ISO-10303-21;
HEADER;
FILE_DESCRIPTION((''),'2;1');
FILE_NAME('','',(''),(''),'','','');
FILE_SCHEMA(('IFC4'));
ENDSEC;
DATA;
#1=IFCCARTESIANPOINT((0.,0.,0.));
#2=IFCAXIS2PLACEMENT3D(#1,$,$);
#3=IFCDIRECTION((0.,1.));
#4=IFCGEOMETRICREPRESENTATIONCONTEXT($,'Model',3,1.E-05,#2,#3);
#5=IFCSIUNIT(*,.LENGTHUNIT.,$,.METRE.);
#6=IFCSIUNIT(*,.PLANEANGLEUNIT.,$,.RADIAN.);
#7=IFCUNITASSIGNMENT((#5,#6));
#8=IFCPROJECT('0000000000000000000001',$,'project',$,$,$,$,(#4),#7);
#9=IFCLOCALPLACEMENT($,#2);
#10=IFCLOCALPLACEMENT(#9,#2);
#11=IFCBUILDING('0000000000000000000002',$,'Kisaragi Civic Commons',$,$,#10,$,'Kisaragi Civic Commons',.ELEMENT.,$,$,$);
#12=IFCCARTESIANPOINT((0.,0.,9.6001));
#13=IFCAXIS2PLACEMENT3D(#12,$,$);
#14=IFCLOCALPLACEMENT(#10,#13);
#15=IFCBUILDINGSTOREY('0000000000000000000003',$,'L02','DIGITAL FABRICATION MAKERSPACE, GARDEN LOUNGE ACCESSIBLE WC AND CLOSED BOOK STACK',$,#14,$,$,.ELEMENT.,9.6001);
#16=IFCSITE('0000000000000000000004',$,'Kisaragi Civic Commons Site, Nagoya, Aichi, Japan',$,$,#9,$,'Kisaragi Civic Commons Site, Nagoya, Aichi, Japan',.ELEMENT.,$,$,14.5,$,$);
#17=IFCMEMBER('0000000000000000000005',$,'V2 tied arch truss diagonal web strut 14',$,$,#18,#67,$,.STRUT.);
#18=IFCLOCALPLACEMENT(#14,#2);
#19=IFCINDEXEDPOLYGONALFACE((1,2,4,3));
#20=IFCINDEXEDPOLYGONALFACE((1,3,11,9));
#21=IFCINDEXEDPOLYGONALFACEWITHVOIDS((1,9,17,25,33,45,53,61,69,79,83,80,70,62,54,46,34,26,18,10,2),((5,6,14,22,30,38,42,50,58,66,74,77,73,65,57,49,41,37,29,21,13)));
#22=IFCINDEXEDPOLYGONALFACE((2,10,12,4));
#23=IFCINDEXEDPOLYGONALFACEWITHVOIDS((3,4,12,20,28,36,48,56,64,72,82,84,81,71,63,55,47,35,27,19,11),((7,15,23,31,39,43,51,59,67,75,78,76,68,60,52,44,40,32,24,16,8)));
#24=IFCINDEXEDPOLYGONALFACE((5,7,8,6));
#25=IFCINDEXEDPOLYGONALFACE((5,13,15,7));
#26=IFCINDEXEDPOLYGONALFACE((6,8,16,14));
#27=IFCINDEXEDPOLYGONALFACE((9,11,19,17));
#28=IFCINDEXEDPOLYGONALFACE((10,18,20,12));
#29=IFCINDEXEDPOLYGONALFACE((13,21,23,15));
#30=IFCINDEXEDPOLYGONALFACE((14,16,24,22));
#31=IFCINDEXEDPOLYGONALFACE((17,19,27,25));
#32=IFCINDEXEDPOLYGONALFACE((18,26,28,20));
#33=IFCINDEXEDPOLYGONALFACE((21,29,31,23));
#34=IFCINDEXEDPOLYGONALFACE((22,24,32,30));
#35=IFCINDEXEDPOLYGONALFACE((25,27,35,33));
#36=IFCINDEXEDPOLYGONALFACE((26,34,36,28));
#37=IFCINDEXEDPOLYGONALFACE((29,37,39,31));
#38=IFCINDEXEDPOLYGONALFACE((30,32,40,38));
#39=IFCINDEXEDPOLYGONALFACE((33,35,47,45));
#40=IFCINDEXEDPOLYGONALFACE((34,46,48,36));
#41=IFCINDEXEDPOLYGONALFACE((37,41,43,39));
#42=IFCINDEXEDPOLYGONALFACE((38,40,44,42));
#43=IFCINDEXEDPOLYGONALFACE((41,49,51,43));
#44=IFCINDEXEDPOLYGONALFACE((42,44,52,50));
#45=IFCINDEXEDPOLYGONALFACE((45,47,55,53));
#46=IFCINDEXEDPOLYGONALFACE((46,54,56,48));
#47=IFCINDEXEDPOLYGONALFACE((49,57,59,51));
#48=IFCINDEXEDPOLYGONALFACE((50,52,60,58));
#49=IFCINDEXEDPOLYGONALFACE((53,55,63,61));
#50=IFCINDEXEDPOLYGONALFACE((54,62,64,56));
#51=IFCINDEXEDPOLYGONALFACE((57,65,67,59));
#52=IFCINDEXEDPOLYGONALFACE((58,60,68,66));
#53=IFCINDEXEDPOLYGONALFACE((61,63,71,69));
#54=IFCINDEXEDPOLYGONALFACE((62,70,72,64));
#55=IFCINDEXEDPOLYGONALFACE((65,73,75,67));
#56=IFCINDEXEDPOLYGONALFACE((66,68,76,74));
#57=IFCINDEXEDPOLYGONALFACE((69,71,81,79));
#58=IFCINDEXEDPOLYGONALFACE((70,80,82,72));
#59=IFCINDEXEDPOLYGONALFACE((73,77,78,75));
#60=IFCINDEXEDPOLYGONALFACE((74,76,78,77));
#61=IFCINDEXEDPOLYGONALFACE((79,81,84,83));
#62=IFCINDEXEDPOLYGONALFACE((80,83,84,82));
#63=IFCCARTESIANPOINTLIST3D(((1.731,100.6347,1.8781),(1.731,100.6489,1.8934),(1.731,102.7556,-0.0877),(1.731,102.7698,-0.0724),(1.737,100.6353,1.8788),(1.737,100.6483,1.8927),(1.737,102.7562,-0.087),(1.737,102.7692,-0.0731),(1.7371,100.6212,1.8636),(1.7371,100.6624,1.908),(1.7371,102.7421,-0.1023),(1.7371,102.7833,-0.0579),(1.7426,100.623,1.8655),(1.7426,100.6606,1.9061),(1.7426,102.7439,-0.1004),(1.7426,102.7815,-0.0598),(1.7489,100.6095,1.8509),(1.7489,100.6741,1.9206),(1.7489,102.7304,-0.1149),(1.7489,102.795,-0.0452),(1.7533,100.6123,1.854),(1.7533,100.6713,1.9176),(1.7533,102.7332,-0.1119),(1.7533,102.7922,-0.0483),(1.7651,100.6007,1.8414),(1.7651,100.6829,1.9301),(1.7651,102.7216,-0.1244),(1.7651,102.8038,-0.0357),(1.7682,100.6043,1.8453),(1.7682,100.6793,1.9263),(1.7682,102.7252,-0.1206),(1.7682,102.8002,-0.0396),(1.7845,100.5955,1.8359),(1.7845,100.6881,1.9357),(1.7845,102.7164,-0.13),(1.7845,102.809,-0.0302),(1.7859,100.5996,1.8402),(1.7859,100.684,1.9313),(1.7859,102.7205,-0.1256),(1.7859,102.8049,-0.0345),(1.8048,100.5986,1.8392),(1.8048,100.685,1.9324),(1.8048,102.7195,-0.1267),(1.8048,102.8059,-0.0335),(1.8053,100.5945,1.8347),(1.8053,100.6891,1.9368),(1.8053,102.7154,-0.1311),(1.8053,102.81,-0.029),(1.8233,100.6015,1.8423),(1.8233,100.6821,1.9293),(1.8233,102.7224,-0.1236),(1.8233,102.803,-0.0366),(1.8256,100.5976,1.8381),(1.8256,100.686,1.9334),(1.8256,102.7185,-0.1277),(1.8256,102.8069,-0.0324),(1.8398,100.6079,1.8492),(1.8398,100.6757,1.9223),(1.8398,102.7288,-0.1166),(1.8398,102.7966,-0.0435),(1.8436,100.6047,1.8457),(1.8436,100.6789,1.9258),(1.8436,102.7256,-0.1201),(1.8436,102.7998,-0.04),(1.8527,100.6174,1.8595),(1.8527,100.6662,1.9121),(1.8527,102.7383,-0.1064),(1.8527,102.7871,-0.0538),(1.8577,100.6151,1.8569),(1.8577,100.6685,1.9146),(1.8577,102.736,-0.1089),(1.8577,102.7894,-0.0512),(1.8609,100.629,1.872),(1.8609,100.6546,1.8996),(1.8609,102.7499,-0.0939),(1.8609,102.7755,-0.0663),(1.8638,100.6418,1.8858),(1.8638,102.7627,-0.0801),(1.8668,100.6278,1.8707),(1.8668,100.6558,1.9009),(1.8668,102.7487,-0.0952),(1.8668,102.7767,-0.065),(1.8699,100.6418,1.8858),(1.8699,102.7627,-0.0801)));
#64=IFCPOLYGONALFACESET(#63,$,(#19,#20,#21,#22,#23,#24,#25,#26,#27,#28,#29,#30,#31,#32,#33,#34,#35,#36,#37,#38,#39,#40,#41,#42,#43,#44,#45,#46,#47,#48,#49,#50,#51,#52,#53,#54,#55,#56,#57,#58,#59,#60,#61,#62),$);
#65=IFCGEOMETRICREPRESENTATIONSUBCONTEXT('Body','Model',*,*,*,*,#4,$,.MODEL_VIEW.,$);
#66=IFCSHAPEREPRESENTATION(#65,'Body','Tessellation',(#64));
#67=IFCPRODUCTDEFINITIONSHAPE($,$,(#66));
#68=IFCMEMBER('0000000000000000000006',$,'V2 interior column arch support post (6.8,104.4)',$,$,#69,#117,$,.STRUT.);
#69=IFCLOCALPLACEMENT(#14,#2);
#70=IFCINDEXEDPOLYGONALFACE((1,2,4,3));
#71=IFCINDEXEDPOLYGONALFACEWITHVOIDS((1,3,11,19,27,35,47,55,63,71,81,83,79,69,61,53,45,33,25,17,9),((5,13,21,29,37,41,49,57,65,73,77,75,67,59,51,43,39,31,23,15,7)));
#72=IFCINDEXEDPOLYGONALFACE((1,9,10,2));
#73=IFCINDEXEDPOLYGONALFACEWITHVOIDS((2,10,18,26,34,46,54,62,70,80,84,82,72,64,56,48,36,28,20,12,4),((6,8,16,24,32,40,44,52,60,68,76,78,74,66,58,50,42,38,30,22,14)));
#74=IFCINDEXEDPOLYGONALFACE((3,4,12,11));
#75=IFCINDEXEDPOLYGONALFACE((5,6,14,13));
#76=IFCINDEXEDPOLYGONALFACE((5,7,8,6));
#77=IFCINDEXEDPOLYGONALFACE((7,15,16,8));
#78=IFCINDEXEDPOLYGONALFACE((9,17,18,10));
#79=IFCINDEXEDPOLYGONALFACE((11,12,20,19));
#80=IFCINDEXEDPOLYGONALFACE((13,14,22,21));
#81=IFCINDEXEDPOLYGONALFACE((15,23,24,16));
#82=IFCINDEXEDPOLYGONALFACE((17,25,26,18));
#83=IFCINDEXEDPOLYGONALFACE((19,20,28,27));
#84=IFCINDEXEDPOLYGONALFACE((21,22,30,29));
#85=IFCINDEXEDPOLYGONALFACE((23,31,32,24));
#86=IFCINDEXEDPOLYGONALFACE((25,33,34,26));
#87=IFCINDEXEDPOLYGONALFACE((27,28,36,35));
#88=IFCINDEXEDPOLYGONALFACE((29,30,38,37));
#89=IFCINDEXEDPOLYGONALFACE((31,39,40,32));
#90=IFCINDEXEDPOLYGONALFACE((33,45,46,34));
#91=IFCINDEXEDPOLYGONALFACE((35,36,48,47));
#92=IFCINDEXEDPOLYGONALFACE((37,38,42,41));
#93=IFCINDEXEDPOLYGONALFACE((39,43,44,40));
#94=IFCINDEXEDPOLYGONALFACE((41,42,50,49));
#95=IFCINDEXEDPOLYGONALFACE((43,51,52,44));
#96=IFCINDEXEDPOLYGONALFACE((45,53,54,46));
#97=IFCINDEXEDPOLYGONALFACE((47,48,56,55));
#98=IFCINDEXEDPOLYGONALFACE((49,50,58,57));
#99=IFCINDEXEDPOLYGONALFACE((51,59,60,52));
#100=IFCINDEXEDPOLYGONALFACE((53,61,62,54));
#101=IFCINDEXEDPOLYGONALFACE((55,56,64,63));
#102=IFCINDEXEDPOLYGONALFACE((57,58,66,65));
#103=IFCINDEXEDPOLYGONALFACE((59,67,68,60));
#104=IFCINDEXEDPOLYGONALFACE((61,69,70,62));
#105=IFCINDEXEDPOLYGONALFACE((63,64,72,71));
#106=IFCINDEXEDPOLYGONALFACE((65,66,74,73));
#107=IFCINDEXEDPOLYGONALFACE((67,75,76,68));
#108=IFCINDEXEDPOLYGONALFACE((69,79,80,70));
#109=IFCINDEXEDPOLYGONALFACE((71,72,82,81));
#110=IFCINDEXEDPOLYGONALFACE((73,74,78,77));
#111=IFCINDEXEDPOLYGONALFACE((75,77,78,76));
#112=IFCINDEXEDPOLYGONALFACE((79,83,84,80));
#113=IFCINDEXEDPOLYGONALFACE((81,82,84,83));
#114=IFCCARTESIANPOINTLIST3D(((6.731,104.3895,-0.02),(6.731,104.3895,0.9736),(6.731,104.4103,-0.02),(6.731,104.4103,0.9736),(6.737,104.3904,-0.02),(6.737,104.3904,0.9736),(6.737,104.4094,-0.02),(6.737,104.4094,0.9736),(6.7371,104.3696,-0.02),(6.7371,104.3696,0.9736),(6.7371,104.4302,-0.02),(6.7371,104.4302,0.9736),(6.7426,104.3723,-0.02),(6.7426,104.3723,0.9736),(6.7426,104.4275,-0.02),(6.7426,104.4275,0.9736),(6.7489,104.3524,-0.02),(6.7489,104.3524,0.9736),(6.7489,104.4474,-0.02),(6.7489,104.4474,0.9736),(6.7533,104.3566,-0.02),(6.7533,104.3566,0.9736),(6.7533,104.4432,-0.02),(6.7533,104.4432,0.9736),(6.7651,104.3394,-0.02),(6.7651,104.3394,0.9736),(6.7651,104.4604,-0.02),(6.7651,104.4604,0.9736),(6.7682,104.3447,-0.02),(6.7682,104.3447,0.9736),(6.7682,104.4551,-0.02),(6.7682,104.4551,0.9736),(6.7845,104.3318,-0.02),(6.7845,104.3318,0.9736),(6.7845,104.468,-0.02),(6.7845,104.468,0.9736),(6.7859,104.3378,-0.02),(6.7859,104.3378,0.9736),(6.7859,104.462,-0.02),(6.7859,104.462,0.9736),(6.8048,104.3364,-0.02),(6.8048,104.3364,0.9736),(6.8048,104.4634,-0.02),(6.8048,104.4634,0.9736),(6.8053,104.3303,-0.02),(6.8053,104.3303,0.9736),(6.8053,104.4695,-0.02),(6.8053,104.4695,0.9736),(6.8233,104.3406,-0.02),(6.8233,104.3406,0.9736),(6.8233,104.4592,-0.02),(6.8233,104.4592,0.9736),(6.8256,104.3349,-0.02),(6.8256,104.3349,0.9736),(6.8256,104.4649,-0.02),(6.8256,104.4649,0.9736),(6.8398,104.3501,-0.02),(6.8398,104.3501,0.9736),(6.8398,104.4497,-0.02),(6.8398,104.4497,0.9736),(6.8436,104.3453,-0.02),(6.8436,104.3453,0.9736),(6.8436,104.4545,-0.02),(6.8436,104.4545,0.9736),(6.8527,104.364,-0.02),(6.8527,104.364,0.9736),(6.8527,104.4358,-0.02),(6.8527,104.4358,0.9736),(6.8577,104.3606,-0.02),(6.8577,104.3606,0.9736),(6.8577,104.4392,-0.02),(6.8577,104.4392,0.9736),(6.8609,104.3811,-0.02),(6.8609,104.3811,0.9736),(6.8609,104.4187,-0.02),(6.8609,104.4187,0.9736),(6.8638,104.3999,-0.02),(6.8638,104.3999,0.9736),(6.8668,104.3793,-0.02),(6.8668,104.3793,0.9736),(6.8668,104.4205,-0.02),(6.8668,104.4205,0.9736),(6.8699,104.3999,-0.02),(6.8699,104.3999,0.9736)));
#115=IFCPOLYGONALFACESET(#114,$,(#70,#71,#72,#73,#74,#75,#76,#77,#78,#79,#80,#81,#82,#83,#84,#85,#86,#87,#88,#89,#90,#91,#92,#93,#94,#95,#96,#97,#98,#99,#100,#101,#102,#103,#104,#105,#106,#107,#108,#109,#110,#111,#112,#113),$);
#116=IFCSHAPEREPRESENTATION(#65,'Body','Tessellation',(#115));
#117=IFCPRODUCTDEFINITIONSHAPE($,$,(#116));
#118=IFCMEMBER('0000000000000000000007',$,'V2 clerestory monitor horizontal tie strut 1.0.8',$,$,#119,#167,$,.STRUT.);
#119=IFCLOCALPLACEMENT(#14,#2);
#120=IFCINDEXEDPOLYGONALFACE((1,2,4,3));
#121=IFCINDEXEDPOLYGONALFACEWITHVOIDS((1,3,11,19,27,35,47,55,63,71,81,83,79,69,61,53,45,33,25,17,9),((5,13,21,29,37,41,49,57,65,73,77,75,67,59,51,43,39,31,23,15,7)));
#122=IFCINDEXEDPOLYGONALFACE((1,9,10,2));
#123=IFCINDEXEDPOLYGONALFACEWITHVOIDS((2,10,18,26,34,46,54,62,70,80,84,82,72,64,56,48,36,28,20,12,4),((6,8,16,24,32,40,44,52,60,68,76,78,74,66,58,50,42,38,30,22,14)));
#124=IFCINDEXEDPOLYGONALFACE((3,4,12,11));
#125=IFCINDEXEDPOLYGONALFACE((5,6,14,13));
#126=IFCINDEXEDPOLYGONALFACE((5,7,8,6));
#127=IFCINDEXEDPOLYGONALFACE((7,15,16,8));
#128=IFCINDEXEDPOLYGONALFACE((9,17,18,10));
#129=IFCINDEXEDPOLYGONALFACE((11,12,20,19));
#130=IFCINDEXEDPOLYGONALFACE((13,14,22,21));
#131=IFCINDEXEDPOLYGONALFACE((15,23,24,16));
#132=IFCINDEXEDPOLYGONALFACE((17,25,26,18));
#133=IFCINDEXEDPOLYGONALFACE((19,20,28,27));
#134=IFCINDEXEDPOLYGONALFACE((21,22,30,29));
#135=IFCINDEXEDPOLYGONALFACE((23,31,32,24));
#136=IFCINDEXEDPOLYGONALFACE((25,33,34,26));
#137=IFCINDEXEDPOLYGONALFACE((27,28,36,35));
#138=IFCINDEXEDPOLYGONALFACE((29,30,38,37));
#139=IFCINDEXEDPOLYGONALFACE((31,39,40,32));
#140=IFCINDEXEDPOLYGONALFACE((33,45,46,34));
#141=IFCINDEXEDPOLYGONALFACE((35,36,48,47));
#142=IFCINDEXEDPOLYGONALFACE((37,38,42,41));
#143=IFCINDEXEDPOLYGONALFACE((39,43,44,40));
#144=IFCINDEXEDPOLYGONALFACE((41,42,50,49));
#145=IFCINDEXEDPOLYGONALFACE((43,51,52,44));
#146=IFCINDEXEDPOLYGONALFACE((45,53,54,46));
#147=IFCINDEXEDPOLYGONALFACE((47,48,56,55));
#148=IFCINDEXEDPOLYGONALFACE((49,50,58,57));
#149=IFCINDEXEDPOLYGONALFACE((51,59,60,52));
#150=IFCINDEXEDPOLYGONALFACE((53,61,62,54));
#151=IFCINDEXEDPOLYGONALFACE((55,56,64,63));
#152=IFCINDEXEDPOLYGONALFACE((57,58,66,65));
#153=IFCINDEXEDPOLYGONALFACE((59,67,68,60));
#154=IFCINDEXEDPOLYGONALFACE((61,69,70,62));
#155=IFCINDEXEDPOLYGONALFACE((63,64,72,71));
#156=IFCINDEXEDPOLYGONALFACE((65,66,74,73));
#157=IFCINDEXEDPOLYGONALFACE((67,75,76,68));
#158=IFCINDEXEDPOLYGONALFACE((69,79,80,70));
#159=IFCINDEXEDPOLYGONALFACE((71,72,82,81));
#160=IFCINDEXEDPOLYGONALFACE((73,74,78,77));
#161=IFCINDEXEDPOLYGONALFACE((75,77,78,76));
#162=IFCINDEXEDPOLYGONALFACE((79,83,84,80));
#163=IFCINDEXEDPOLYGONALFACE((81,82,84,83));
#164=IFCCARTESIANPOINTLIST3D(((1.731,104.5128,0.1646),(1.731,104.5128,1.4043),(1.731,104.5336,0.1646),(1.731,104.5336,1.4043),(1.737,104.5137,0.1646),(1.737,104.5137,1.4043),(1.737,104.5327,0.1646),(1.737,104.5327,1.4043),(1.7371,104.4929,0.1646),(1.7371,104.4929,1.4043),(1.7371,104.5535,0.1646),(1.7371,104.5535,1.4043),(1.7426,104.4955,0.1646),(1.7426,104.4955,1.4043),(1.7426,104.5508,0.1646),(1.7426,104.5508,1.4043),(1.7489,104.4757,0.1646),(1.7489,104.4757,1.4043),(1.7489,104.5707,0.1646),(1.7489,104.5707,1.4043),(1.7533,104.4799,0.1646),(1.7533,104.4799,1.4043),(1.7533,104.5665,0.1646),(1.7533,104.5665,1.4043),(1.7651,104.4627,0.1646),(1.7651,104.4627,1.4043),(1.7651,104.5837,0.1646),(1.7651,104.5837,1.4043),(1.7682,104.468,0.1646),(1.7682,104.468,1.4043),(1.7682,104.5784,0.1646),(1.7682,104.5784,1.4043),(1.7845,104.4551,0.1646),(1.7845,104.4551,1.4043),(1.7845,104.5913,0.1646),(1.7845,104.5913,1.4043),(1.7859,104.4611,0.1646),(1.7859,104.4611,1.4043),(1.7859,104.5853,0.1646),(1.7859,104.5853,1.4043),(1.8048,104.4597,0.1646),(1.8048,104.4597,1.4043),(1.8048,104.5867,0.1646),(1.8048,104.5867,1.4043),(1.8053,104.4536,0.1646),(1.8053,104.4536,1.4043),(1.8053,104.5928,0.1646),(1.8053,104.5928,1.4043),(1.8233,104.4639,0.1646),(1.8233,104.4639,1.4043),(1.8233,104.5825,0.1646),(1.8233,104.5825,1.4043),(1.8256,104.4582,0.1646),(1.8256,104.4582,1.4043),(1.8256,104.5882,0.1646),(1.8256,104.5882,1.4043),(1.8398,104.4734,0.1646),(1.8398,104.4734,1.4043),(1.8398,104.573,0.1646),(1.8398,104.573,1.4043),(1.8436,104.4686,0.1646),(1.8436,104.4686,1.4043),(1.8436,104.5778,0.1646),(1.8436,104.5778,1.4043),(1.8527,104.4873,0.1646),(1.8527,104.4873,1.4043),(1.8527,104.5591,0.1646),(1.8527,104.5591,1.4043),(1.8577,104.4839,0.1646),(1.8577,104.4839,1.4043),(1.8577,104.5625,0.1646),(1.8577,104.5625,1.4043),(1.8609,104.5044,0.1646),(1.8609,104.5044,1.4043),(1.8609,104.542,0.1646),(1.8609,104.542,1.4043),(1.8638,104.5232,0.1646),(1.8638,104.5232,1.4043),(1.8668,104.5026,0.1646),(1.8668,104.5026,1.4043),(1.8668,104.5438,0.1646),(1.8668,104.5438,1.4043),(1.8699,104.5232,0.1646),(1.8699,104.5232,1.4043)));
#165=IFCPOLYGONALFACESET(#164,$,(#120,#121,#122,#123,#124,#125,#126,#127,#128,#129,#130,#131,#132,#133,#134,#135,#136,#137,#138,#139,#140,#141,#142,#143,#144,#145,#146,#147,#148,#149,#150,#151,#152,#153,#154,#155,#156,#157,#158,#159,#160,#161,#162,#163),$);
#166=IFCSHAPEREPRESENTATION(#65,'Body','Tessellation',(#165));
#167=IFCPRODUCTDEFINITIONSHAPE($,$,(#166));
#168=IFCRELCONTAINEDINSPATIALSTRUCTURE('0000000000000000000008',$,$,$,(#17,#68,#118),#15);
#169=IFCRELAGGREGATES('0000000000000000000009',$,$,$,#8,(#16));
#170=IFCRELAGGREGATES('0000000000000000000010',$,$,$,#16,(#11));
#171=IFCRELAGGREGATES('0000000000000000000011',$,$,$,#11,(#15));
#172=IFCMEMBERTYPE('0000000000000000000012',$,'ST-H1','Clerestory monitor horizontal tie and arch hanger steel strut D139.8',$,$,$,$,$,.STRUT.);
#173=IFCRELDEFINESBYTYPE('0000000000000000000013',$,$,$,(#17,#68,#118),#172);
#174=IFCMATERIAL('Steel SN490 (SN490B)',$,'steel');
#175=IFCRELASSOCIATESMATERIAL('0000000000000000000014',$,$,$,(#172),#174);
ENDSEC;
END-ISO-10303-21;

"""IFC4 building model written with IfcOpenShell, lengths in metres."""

from ifc_helpers import new_model, si_unit, direction, frame, origin, origin_2d, place, context, subcontext, project, spatial, hollow_circle, extrude, material, material_profile, profile_set, type_object, element, save


model = new_model("IFC4")

# Units and contexts
model_context = context("Model", 3, precision=1e-05, world=origin(), true_north=direction((0.0, 1.0)))
body_context = subcontext(model_context, "Body", "Model", "MODEL_VIEW")
ifc_project = project(units=[si_unit("LENGTHUNIT", "METRE"), si_unit("PLANEANGLEUNIT", "RADIAN")], contexts=[model_context])

# Site, building, storey
site_placement = place(None, origin())
site = spatial("IfcSite", under=ifc_project, at=site_placement, Name="Kisaragi Civic Commons Site, Nagoya, Aichi, Japan", LongName="Kisaragi Civic Commons Site, Nagoya, Aichi, Japan", CompositionType="ELEMENT", RefElevation=14.5)
building_placement = place(site_placement, origin())
building = spatial("IfcBuilding", under=site, at=building_placement, Name="Kisaragi Civic Commons", LongName="Kisaragi Civic Commons", CompositionType="ELEMENT")
storey_placement = place(building_placement, frame((0.0, 0.0, 9.6001)))
storey = spatial("IfcBuildingStorey", under=building, at=storey_placement, Name="L02", Description="DIGITAL FABRICATION MAKERSPACE, GARDEN LOUNGE ACCESSIBLE WC AND CLOSED BOOK STACK", CompositionType="ELEMENT", Elevation=9.6001)

# Shared definitions
ifc_material_1 = material(Name="Steel SN490 (SN490B)", Category="steel")

# Members
ifc_material_profile_1 = material_profile(ifc_material_1, hollow_circle(Radius=0.0698, WallThickness=0.0061, at=origin_2d()), Name="CHS-139.8x6.0", Category="steel")
ifc_profile_set_1 = profile_set([ifc_material_profile_1], Name="Steel SN490 (SN490B)")
member_type_1 = type_object("IfcMemberType", Name="ST-H1", Description="Clerestory monitor horizontal tie and arch hanger steel strut D139.8", PredefinedType="STRUT", material=ifc_profile_set_1)
member_1_placement = place(storey_placement, frame((1.8, 102.7627, -0.0801), z_axis=(0.0, -0.733404, 0.679793), x_axis=(1.0, 0.0, 0.0)))
element("IfcMember", 1, at=member_1_placement, inside=storey, type_object=member_type_1, Name="V2 tied arch truss diagonal web strut 14", PredefinedType="STRUT", context=body_context, shape_type="SweptSolid", body=[
    extrude(hollow_circle(Radius=0.0698, WallThickness=0.0061, at=origin_2d()), origin(), (0.0, 0.0, 1.0), 2.8918),
])
member_2_placement = place(storey_placement, frame((6.8, 104.3999, -0.02), z_axis=(0.0, 0.0, 1.0), x_axis=(1.0, 0.0, 0.0)))
element("IfcMember", 2, at=member_2_placement, inside=storey, type_object=member_type_1, Name="V2 interior column arch support post (6.8,104.4)", PredefinedType="STRUT", context=body_context, shape_type="SweptSolid", body=[
    extrude(hollow_circle(Radius=0.0698, WallThickness=0.0061, at=origin_2d()), origin(), (0.0, 0.0, 1.0), 0.9937),
])
member_3_placement = place(storey_placement, frame((1.8, 104.5232, 0.1646), z_axis=(0.0, 0.0, 1.0), x_axis=(1.0, 0.0, 0.0)))
element("IfcMember", 3, at=member_3_placement, inside=storey, type_object=member_type_1, Name="V2 clerestory monitor horizontal tie strut 1.0.8", PredefinedType="STRUT", context=body_context, shape_type="SweptSolid", body=[
    extrude(hollow_circle(Radius=0.0698, WallThickness=0.0061, at=origin_2d()), origin(), (0.0, 0.0, 1.0), 1.2397),
])

save(model, "model.ifc")
